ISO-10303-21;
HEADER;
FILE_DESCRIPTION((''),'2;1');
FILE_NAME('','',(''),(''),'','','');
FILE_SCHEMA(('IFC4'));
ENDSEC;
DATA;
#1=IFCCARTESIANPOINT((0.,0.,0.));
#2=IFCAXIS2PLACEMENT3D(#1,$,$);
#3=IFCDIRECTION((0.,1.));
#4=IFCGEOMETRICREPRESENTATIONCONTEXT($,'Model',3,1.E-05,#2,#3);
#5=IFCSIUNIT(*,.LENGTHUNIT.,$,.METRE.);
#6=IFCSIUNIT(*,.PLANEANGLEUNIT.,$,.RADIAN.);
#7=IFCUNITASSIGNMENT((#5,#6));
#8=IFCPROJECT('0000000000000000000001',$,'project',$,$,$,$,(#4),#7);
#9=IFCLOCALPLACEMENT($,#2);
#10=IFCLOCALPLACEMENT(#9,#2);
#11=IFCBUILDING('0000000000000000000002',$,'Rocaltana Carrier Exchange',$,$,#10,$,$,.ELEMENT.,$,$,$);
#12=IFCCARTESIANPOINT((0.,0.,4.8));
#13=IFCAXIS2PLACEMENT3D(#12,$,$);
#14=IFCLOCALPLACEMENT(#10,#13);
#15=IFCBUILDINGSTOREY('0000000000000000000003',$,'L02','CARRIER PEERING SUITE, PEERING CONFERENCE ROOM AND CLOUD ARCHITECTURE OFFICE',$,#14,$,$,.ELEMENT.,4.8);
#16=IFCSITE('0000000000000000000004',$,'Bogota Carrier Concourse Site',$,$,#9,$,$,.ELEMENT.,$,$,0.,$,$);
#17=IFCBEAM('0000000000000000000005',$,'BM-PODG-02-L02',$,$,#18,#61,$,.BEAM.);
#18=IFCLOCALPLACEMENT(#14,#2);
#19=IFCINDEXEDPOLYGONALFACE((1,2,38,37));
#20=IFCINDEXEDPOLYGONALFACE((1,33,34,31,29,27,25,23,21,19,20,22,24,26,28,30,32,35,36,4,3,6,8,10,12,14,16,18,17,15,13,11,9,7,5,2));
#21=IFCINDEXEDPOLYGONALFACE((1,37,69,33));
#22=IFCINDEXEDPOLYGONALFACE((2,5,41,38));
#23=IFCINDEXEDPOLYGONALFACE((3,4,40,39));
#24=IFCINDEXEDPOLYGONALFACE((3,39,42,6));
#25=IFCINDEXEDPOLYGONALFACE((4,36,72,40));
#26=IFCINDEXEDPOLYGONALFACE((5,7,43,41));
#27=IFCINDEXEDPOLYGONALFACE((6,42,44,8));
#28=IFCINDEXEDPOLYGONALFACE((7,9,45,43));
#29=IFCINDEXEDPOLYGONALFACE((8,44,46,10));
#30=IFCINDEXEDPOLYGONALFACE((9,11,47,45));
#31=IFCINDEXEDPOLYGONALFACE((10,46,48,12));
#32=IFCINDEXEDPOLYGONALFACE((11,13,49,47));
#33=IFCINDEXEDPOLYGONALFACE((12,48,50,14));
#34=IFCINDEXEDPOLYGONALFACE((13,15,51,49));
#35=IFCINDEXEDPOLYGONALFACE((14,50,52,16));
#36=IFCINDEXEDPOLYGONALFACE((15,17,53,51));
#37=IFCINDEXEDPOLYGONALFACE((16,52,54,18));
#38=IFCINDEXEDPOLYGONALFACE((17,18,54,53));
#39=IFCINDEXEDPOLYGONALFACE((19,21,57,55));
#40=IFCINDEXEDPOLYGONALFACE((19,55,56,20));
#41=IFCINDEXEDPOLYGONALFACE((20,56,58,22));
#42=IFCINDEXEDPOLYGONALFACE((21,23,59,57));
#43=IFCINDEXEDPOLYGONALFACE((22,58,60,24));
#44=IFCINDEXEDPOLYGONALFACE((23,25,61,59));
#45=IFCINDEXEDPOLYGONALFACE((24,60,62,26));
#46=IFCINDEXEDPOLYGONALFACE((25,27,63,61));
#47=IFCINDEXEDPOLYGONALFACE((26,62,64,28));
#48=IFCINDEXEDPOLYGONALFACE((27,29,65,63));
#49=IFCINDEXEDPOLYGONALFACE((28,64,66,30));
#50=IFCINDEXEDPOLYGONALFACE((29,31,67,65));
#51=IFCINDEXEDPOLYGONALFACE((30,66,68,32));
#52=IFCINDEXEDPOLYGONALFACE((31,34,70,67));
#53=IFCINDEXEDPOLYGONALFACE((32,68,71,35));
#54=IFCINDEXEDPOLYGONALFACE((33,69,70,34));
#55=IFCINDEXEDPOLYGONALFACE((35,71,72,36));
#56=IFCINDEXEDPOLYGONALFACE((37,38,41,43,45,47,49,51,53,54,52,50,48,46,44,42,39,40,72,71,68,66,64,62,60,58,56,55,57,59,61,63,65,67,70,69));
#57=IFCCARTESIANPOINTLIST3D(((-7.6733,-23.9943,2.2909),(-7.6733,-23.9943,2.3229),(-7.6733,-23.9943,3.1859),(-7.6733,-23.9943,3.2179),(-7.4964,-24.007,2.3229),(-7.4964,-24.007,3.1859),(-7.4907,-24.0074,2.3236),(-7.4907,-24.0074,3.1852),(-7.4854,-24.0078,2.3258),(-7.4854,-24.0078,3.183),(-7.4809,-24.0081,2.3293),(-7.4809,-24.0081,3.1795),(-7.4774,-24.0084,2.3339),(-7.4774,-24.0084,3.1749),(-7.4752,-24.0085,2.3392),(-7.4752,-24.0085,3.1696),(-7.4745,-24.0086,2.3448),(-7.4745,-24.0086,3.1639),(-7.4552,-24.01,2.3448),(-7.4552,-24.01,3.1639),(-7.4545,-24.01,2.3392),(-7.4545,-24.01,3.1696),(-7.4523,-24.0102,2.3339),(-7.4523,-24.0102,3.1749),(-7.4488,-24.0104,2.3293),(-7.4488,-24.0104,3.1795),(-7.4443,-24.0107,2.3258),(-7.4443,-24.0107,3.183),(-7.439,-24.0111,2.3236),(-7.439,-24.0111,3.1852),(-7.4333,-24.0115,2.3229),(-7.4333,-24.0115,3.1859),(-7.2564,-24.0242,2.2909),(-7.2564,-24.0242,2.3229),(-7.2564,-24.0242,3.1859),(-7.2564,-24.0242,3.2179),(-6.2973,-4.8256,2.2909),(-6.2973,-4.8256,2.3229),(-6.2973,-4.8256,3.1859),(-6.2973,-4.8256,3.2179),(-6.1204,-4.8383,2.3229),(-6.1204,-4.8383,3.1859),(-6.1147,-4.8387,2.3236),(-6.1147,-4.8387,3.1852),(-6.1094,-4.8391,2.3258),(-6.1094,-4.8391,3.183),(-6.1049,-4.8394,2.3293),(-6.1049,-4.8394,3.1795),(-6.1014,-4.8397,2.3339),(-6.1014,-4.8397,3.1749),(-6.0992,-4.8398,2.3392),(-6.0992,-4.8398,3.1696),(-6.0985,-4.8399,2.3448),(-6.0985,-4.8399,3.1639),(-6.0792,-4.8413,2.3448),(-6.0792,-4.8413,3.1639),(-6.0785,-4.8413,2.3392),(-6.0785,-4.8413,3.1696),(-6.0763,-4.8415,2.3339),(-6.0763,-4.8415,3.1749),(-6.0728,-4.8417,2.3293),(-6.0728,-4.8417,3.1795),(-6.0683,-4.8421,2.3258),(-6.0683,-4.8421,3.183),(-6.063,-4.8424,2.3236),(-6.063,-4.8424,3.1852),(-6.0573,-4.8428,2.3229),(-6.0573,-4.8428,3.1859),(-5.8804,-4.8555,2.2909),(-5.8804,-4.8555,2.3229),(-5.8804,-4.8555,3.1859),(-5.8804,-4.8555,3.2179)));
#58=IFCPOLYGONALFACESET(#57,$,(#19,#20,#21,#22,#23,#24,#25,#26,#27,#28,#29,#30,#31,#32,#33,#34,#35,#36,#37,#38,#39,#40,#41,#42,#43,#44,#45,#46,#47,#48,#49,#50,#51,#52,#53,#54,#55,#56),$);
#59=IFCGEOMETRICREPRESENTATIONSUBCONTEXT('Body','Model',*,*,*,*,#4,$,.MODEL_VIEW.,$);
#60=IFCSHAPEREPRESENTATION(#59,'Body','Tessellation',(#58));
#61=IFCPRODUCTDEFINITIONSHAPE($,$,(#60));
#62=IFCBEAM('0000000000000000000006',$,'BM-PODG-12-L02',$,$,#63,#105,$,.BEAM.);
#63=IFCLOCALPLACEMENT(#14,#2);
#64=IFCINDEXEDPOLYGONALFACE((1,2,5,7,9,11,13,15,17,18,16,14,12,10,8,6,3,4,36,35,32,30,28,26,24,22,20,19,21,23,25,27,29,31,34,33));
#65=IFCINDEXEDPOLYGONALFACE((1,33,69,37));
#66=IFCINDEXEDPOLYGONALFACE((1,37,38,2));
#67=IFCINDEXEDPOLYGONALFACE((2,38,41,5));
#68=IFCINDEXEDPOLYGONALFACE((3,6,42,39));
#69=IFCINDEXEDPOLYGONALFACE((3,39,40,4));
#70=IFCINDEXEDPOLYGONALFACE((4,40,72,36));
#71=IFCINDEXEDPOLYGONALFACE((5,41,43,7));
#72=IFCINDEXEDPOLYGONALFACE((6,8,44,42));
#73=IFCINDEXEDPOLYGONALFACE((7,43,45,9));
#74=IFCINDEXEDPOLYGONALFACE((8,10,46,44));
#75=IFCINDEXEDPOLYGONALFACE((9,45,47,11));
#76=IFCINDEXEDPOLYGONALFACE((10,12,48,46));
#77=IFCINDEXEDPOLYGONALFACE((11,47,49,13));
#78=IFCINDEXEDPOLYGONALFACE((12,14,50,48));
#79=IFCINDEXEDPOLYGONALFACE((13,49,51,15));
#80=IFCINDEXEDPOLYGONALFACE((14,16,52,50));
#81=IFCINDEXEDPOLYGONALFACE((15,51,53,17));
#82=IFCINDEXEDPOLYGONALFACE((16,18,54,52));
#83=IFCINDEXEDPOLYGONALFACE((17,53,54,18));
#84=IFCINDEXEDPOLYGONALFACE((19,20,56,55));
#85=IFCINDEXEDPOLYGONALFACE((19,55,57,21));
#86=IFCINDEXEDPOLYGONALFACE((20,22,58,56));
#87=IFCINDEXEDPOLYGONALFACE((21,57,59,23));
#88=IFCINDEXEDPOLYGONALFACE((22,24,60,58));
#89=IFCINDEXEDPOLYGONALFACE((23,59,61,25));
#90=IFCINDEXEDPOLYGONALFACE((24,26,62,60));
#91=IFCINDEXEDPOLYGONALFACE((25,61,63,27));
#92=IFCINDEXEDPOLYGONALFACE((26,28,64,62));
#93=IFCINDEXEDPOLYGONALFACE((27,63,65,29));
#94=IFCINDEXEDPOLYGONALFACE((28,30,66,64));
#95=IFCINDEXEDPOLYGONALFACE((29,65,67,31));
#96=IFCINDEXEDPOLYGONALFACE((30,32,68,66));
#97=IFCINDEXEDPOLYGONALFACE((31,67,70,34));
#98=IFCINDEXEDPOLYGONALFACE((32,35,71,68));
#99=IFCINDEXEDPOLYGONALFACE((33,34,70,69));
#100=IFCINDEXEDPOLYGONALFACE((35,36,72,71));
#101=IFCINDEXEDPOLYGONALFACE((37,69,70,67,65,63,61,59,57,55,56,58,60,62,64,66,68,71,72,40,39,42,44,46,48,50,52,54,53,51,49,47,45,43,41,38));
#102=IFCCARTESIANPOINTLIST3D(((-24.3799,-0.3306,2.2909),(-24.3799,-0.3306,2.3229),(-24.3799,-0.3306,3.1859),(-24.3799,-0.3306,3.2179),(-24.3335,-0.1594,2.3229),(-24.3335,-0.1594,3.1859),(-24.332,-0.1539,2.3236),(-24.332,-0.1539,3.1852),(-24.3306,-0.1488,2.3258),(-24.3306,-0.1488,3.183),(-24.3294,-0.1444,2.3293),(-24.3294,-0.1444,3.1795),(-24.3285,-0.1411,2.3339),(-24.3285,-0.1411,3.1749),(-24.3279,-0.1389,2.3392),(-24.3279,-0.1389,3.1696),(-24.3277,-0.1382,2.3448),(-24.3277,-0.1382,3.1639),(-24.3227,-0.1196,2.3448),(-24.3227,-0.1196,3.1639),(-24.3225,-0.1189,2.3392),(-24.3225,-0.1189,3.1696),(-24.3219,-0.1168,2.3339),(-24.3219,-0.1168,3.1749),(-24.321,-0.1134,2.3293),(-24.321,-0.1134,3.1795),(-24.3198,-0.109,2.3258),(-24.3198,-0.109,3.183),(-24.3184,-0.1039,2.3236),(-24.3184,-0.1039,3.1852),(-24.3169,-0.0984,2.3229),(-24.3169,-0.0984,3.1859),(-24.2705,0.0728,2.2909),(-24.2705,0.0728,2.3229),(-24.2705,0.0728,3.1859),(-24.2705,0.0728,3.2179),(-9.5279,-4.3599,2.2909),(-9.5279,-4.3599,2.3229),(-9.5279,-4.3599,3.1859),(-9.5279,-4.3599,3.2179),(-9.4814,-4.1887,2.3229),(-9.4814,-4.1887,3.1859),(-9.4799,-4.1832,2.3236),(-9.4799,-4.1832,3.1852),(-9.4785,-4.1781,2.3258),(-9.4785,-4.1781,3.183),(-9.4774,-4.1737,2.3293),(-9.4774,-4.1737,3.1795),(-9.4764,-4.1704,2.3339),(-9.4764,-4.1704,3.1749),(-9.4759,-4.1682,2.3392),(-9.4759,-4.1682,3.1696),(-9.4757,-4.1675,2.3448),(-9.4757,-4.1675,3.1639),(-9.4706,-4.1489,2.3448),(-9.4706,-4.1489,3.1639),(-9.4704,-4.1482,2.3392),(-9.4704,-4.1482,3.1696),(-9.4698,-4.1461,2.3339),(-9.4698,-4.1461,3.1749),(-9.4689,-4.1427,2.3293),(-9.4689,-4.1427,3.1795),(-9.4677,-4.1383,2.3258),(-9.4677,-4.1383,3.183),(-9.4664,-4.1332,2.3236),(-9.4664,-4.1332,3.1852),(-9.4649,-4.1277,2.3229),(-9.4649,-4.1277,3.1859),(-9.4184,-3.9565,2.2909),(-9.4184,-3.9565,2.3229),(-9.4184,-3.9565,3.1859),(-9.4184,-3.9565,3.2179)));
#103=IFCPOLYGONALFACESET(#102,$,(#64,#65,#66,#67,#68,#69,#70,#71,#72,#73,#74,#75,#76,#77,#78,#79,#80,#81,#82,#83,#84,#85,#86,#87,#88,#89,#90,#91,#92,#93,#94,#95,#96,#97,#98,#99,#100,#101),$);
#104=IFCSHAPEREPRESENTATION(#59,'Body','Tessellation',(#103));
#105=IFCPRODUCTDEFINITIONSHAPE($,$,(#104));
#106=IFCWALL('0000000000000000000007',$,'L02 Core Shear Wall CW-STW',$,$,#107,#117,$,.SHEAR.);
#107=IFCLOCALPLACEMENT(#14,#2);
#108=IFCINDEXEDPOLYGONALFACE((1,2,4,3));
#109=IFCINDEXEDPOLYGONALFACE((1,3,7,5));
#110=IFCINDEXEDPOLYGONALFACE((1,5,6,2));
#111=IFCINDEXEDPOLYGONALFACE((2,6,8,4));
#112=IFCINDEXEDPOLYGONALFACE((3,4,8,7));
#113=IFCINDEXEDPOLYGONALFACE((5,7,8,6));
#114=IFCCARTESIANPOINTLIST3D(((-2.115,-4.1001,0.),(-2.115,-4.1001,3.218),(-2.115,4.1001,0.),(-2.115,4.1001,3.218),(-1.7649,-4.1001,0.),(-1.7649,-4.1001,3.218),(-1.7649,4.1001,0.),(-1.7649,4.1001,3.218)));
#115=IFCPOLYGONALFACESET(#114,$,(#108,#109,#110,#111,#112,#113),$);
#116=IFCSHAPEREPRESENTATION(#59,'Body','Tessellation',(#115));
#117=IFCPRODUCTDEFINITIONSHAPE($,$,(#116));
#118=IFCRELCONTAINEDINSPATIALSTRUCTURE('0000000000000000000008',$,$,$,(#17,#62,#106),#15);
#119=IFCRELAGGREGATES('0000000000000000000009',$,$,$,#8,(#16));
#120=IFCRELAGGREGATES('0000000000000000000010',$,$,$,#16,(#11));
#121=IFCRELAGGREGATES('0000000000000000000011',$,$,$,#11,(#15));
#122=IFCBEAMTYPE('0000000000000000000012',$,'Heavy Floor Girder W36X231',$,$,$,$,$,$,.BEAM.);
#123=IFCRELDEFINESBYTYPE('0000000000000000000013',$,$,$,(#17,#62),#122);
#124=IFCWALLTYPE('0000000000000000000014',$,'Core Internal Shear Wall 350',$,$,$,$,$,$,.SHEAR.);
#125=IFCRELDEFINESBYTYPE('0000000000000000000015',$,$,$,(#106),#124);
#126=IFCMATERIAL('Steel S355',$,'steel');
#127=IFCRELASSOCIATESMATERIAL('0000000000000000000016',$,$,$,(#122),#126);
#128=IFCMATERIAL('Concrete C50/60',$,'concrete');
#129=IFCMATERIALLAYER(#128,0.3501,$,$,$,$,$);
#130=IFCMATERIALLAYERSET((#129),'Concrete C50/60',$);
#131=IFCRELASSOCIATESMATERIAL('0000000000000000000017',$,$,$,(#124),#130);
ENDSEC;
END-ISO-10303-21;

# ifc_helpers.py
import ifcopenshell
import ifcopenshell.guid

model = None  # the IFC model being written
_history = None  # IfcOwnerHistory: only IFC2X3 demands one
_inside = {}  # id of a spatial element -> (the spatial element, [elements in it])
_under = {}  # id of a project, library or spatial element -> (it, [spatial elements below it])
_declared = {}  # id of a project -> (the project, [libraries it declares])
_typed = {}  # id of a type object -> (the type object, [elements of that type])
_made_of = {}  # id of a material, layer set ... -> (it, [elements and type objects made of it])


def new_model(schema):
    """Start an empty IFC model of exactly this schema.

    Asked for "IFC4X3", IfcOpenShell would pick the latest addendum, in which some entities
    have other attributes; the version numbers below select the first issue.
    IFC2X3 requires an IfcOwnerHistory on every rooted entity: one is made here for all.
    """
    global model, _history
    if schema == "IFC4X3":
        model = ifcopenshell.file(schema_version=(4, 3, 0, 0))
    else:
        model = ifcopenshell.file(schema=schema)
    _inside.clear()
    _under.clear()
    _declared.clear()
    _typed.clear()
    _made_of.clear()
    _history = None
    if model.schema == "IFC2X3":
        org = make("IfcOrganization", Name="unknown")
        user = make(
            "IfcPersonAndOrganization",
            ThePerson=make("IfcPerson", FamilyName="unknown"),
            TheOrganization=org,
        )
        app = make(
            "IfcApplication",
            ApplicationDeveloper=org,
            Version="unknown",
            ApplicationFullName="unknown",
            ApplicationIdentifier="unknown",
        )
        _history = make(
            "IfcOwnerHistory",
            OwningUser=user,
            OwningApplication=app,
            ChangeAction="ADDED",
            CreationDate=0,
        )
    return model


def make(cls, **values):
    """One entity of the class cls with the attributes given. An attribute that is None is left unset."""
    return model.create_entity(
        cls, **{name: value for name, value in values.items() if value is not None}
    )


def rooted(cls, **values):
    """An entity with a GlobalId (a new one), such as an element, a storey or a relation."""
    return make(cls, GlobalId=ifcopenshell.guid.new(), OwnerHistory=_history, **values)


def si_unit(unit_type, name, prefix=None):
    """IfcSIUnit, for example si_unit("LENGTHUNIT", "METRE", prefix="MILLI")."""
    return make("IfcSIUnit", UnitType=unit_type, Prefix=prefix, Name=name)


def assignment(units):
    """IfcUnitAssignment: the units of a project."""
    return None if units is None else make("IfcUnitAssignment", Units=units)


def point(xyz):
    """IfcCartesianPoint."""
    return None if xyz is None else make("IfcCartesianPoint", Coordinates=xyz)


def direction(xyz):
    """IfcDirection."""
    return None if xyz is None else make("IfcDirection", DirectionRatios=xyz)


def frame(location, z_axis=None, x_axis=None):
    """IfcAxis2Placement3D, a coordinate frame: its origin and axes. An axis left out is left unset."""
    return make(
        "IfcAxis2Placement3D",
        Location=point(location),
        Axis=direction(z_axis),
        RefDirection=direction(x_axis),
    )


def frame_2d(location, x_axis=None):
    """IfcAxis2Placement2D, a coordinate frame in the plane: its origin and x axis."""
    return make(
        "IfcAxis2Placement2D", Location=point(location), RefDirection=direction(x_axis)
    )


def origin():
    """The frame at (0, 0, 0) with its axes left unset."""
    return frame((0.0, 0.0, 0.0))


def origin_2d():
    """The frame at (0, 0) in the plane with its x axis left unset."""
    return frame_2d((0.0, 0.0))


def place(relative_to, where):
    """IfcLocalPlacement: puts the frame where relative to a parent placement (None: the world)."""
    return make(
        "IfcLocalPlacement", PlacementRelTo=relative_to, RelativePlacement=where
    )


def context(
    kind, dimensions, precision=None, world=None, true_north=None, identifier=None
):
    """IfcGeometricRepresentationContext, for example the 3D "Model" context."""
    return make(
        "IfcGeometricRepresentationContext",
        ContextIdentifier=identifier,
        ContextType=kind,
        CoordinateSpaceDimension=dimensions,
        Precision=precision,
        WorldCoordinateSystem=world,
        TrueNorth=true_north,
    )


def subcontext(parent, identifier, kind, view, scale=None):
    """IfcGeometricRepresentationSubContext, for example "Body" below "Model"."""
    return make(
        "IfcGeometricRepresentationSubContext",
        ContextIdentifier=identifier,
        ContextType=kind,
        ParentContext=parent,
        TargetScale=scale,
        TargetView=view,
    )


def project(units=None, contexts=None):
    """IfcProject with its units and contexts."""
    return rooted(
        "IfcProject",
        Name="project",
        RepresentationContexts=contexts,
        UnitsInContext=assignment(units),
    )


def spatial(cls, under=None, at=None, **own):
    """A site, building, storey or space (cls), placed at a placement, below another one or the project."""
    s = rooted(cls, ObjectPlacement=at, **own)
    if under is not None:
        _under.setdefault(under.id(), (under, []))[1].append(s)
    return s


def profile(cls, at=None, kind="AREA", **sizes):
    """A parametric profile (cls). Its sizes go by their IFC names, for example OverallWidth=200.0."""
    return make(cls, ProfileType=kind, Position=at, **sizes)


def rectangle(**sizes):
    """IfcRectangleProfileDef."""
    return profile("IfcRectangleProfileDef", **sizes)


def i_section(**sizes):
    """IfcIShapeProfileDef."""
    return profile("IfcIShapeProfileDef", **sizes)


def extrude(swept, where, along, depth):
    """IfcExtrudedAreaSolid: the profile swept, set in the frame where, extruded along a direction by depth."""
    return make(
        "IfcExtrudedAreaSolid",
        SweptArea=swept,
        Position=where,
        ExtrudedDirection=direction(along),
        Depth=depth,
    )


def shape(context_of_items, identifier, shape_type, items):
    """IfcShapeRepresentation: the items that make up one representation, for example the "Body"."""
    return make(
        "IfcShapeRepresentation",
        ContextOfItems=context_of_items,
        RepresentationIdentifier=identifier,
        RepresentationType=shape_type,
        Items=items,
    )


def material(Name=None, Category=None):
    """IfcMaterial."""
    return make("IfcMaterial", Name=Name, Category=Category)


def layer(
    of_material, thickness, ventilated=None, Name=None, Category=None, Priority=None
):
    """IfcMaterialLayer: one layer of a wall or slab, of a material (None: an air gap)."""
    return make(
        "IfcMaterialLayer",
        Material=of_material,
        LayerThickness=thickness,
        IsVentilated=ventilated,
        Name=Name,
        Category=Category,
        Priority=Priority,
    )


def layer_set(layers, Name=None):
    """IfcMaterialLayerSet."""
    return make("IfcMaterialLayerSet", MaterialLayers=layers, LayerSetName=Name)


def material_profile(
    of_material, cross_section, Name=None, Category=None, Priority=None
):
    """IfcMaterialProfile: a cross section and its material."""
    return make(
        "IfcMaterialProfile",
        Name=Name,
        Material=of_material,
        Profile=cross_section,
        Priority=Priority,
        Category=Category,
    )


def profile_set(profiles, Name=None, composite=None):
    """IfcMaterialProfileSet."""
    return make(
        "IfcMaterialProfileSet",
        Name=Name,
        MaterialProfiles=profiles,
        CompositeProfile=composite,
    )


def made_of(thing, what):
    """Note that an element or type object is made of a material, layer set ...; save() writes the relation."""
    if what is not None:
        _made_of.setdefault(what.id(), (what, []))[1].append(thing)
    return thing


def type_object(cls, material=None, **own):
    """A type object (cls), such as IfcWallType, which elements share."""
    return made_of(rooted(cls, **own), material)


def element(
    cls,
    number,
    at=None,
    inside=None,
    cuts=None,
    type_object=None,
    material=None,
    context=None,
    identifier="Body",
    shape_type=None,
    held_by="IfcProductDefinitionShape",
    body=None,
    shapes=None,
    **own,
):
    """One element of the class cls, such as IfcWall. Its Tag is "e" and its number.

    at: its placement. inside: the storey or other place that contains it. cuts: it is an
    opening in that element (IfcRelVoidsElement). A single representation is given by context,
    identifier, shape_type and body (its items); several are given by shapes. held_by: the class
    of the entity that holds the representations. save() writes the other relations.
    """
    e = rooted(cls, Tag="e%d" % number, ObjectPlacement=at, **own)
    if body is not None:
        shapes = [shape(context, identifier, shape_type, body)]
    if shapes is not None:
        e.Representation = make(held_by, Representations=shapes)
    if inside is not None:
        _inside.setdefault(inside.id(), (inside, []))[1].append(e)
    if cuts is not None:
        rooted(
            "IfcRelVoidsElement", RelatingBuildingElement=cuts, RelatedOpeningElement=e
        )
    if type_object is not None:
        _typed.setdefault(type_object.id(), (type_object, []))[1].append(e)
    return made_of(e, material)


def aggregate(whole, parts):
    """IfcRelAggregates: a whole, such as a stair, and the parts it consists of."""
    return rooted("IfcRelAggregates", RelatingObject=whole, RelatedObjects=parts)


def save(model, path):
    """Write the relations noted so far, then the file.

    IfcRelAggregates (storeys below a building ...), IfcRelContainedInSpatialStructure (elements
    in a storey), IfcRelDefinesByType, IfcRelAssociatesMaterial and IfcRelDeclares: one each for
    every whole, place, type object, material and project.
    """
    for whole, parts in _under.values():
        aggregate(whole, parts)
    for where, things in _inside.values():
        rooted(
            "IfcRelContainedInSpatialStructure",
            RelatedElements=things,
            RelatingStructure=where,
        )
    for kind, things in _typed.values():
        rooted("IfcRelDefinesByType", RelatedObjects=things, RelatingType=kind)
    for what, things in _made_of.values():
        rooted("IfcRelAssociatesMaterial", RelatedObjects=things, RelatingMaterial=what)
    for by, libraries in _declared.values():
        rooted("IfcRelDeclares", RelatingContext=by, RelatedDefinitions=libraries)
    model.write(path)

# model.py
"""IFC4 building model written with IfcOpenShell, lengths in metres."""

from ifc_helpers import new_model, si_unit, direction, frame, frame_2d, origin, origin_2d, place, context, subcontext, project, spatial, rectangle, i_section, extrude, material, layer, layer_set, material_profile, profile_set, type_object, element, save


model = new_model("IFC4")

# Units and contexts
model_context = context("Model", 3, precision=1e-05, world=origin(), true_north=direction((0.0, 1.0)))
body_context = subcontext(model_context, "Body", "Model", "MODEL_VIEW")
ifc_project = project(units=[si_unit("LENGTHUNIT", "METRE"), si_unit("PLANEANGLEUNIT", "RADIAN")], contexts=[model_context])

# Site, building, storey
site_placement = place(None, origin())
site = spatial("IfcSite", under=ifc_project, at=site_placement, Name="Bogota Carrier Concourse Site", CompositionType="ELEMENT", RefElevation=0.0)
building_placement = place(site_placement, origin())
building = spatial("IfcBuilding", under=site, at=building_placement, Name="Rocaltana Carrier Exchange", CompositionType="ELEMENT")
storey_placement = place(building_placement, frame((0.0, 0.0, 4.8)))
storey = spatial("IfcBuildingStorey", under=building, at=storey_placement, Name="L02", Description="CARRIER PEERING SUITE, PEERING CONFERENCE ROOM AND CLOUD ARCHITECTURE OFFICE", CompositionType="ELEMENT", Elevation=4.8)

# Beams
ifc_material_1 = material(Name="Steel S355", Category="steel")
ifc_material_profile_1 = material_profile(ifc_material_1, i_section(OverallWidth=0.418, OverallDepth=0.927, WebThickness=0.0193, FlangeThickness=0.032, FilletRadius=0.022, at=origin_2d()), Name="W36X231")
ifc_profile_set_1 = profile_set([ifc_material_profile_1], Name="Steel S355")
beam_type_1 = type_object("IfcBeamType", Name="Heavy Floor Girder W36X231", PredefinedType="BEAM", material=ifc_profile_set_1)
beam_1_placement = place(storey_placement, frame((-6.0889, -4.8406, 2.7544), z_axis=(-0.071598, -0.997434, 0.0), x_axis=(0.997434, -0.071598, 0.0)))
element("IfcBeam", 1, at=beam_1_placement, inside=storey, type_object=beam_type_1, Name="BM-PODG-02-L02", PredefinedType="BEAM", context=body_context, shape_type="SweptSolid", body=[
    extrude(i_section(OverallWidth=0.418, OverallDepth=0.927, WebThickness=0.0193, FlangeThickness=0.032, FilletRadius=0.022, at=origin_2d()), origin(), (0.0, 0.0, 1.0), 19.218),
])
beam_2_placement = place(storey_placement, frame((-9.4731, -4.1582, 2.7544), z_axis=(-0.965114, 0.261831, 0.0), x_axis=(-0.261831, -0.965114, 0.0)))
element("IfcBeam", 2, at=beam_2_placement, inside=storey, type_object=beam_type_1, Name="BM-PODG-12-L02", PredefinedType="BEAM", context=body_context, shape_type="SweptSolid", body=[
    extrude(i_section(OverallWidth=0.418, OverallDepth=0.927, WebThickness=0.0193, FlangeThickness=0.032, FilletRadius=0.022, at=origin_2d()), origin(), (0.0, 0.0, 1.0), 15.3889),
])

# Wall
ifc_material_2 = material(Name="Concrete C50/60", Category="concrete")
ifc_layer_1 = layer(ifc_material_2, 0.3501)
ifc_layer_set_1 = layer_set([ifc_layer_1], Name="Concrete C50/60")
wall_type_1 = type_object("IfcWallType", Name="Core Internal Shear Wall 350", PredefinedType="SHEAR", material=ifc_layer_set_1)
wall_1_placement = place(storey_placement, frame((-1.9399, -4.1001, 0.0), z_axis=(0.0, 0.0, 1.0), x_axis=(0.0, 1.0, 0.0)))
element("IfcWall", 3, at=wall_1_placement, inside=storey, type_object=wall_type_1, Name="L02 Core Shear Wall CW-STW", PredefinedType="SHEAR", context=body_context, shape_type="SweptSolid", body=[
    extrude(rectangle(XDim=8.2002, YDim=0.3501, at=frame_2d((4.1001, 0.0))), origin(), (0.0, 0.0, 1.0), 3.218),
])

save(model, "model.ifc")
